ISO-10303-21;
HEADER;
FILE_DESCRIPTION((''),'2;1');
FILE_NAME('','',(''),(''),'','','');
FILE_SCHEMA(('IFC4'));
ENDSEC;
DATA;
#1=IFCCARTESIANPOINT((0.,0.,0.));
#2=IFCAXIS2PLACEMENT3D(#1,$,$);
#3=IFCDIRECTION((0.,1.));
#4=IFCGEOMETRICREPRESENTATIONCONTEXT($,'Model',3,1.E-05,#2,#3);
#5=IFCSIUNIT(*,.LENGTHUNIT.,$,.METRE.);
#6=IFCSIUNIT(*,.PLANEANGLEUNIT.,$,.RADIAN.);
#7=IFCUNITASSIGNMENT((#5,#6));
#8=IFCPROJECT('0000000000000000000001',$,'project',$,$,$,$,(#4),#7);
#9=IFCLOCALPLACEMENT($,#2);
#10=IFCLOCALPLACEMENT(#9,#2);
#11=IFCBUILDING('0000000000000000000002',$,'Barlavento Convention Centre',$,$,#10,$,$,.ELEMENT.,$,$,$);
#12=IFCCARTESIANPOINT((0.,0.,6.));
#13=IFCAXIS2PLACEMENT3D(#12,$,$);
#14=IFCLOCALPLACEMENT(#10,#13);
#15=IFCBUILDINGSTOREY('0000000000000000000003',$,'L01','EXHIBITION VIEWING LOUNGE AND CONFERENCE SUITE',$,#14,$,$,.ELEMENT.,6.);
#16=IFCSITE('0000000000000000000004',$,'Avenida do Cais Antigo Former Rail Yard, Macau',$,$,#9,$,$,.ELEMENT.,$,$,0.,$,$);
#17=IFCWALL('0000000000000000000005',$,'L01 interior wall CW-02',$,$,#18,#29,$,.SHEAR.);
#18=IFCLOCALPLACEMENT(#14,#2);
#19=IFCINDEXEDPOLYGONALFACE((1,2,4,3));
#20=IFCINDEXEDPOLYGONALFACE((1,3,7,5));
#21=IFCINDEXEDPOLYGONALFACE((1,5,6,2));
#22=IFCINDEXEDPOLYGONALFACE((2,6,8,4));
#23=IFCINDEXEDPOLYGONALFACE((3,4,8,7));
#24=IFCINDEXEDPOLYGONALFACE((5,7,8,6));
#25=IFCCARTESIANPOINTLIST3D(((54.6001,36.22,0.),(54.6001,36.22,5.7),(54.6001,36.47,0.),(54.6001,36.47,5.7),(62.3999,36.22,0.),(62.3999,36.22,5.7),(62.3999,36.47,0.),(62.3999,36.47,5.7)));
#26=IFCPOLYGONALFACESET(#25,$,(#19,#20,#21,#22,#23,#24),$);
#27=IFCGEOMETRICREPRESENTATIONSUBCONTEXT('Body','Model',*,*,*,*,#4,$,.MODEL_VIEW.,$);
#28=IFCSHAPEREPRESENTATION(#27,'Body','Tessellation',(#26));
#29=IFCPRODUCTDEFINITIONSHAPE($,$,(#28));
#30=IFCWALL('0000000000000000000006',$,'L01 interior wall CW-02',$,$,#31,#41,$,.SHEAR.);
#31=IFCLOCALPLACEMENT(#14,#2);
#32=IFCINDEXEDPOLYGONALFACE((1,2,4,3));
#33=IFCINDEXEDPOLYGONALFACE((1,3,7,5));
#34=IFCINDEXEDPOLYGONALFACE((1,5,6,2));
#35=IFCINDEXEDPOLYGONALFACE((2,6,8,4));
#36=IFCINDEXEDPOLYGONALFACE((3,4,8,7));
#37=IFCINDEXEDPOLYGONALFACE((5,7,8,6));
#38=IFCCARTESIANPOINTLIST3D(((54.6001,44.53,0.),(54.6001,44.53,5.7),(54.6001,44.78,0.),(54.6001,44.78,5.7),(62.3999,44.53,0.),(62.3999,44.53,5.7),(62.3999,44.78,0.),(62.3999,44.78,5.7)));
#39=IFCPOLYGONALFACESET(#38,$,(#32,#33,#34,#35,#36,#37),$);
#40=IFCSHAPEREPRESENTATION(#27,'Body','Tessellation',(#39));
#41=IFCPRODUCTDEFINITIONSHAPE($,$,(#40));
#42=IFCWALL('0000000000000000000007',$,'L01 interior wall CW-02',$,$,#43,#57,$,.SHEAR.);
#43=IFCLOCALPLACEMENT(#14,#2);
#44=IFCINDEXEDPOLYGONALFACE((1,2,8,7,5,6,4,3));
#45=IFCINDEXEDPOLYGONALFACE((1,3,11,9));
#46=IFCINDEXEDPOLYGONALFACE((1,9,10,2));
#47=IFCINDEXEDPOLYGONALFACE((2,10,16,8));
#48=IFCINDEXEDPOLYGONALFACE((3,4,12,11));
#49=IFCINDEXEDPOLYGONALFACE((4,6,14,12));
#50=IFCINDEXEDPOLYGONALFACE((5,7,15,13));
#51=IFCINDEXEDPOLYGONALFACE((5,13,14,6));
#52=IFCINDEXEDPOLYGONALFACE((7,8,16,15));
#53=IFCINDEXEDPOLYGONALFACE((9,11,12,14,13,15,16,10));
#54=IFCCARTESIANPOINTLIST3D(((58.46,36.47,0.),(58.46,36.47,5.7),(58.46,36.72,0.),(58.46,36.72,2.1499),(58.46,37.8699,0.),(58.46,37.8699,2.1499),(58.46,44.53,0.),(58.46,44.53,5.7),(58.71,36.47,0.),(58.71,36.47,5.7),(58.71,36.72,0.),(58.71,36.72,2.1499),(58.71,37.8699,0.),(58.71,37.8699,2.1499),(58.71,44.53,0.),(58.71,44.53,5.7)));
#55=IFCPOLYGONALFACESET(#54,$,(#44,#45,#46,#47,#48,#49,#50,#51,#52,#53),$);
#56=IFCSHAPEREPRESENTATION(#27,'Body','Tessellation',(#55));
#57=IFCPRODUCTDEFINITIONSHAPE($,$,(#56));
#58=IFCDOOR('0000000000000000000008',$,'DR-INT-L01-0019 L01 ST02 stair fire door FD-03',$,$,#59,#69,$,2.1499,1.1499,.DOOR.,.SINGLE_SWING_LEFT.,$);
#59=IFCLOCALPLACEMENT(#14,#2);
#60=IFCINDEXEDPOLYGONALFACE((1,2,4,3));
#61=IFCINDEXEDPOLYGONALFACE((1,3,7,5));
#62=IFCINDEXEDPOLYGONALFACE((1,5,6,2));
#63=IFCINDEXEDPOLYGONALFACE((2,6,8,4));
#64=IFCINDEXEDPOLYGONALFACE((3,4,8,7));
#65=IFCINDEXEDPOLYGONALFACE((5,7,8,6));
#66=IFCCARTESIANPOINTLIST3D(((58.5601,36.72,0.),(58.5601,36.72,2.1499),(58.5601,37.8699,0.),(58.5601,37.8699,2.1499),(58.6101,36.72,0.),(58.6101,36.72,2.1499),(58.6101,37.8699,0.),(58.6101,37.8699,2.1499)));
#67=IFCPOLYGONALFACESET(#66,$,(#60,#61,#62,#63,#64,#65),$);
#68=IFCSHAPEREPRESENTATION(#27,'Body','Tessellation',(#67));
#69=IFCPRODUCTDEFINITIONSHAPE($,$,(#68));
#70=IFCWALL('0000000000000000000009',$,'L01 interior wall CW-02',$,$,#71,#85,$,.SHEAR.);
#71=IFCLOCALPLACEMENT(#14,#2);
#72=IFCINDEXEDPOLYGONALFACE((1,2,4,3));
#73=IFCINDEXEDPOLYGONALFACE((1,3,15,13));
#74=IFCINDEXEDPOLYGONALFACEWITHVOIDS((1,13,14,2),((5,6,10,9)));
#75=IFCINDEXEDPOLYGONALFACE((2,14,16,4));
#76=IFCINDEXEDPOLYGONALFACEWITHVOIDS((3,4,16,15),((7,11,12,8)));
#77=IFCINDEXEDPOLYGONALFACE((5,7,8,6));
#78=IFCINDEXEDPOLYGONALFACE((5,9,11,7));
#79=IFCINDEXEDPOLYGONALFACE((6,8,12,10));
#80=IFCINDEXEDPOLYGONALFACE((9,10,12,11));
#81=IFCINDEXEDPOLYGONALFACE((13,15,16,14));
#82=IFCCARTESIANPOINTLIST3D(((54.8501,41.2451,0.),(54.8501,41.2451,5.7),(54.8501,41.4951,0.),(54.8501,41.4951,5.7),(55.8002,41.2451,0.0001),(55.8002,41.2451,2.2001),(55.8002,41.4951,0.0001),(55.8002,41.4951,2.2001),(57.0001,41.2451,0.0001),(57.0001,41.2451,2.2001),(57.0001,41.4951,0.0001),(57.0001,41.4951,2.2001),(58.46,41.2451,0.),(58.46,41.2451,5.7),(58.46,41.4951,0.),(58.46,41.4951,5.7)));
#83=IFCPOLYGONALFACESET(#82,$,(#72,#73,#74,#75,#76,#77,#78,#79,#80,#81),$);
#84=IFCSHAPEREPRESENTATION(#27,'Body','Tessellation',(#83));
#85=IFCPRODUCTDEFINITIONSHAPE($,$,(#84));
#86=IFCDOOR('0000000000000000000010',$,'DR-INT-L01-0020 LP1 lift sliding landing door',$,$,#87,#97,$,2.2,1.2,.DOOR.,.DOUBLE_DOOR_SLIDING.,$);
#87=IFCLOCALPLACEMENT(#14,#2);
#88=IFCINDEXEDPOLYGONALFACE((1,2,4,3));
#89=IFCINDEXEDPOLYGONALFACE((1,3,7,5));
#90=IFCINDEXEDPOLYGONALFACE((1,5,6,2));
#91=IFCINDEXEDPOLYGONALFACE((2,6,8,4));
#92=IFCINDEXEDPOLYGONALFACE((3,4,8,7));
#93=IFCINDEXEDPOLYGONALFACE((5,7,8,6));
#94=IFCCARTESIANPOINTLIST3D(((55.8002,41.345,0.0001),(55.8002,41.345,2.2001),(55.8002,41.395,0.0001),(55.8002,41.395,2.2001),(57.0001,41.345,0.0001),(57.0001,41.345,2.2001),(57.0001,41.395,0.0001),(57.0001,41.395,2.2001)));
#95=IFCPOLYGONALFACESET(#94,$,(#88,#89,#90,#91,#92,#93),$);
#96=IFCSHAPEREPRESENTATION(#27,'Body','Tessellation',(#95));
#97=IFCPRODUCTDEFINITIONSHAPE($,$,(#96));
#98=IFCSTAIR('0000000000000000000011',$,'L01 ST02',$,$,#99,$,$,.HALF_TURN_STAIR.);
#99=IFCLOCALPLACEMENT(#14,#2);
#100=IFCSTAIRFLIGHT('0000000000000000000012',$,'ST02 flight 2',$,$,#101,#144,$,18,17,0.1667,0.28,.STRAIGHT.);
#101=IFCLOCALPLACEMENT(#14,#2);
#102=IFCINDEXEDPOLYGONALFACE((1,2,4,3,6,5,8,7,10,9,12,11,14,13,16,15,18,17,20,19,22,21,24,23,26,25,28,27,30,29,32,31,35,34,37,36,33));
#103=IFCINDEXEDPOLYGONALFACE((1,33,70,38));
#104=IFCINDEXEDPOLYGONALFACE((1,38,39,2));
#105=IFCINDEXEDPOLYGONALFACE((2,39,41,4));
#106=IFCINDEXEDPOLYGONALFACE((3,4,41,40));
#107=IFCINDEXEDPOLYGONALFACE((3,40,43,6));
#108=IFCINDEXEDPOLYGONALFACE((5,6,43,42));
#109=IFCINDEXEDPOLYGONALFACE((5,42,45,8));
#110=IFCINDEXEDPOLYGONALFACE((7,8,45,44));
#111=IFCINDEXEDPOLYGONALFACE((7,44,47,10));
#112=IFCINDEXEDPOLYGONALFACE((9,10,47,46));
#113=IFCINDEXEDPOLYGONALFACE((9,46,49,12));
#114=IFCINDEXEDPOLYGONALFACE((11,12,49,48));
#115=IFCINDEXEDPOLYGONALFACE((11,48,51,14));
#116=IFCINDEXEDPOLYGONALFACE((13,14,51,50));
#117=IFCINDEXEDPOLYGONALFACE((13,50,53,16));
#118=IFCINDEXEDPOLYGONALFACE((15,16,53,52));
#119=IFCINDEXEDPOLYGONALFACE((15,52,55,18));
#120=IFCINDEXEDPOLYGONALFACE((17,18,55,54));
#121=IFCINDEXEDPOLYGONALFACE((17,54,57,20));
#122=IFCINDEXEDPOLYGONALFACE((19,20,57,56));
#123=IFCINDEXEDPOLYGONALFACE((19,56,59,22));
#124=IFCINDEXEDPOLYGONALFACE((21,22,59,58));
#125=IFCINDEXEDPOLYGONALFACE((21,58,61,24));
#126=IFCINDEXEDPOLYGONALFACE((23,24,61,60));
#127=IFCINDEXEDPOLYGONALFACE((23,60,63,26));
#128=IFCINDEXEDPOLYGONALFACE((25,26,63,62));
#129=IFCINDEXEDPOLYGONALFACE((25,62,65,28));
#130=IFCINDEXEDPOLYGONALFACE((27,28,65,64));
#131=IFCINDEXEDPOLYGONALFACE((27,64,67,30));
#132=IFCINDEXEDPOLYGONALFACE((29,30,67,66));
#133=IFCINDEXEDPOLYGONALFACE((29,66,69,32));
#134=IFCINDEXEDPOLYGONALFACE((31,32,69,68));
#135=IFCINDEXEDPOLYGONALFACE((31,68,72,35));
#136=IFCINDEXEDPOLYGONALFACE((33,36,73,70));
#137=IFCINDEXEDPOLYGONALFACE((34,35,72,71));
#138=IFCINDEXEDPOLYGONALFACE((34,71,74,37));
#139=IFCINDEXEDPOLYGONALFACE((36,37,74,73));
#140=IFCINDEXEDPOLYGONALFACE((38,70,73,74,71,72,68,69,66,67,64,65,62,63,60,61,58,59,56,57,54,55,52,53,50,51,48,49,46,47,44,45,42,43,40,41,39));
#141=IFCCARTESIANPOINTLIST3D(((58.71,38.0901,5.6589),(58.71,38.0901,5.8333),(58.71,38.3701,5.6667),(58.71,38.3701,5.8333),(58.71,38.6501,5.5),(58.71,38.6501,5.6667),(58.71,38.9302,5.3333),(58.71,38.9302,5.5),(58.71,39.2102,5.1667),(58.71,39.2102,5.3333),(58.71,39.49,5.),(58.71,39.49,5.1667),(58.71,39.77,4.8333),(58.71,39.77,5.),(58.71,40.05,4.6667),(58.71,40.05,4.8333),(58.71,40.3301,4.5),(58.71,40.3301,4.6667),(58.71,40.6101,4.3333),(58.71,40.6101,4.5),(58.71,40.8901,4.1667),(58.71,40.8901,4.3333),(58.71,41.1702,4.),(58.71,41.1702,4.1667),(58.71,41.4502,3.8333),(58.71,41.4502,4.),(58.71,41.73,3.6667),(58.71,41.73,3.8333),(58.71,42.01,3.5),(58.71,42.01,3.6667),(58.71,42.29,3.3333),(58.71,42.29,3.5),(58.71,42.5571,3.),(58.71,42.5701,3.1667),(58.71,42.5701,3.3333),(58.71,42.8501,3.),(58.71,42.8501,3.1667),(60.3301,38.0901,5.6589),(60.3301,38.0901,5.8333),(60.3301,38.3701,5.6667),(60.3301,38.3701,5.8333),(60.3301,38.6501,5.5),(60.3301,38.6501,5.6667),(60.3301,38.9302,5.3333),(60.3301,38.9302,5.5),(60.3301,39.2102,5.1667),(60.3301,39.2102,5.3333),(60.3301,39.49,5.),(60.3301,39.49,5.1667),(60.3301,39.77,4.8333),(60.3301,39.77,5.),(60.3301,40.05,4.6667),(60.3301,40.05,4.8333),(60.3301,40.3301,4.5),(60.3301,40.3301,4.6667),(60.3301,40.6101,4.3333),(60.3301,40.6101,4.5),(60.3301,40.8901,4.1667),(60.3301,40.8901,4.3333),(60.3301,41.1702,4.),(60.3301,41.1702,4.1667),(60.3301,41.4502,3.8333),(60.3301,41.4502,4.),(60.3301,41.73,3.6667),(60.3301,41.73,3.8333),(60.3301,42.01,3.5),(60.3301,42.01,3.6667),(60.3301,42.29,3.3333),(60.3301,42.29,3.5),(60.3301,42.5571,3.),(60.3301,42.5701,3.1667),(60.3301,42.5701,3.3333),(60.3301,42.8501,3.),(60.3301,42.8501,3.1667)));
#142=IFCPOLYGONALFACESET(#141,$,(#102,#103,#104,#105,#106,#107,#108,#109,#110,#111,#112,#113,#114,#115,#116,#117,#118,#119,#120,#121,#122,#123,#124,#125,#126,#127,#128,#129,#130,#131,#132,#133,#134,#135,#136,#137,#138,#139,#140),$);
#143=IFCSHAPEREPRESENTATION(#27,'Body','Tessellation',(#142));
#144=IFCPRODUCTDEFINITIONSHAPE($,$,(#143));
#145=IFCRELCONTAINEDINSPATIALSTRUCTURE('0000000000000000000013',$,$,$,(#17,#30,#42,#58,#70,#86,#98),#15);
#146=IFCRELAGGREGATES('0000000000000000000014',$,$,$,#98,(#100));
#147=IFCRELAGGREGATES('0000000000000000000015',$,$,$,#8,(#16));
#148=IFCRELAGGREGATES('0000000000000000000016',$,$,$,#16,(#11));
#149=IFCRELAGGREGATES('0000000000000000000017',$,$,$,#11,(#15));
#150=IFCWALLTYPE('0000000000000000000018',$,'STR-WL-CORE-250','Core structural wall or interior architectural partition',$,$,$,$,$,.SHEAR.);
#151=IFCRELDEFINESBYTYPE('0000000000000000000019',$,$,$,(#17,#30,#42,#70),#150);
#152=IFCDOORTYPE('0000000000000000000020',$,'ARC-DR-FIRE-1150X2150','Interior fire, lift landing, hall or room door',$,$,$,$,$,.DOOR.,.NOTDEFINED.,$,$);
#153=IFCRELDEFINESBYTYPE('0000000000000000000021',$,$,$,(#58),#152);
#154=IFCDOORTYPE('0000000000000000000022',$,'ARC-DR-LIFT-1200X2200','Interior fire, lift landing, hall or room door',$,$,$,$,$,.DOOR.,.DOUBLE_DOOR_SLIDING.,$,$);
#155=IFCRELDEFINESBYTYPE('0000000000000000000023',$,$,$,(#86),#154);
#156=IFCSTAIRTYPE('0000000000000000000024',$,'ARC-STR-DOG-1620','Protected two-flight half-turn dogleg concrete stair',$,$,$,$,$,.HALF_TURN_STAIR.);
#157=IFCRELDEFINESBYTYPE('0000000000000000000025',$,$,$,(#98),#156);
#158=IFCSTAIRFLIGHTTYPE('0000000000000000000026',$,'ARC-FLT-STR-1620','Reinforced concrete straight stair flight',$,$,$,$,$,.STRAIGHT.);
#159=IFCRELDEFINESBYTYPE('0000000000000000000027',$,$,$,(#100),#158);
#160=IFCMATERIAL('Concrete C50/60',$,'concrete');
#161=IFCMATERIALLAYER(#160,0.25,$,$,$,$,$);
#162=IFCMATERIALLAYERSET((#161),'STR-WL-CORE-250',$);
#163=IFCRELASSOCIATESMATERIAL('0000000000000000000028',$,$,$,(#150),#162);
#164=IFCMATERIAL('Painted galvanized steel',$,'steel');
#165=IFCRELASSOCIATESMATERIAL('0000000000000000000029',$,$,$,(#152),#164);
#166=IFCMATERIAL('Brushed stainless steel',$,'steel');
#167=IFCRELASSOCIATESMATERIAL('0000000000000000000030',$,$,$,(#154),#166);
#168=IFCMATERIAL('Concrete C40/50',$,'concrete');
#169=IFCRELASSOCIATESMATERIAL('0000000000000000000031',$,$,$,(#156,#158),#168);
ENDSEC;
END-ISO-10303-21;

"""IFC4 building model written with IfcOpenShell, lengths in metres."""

from ifc_helpers import new_model, si_unit, direction, frame, frame_2d, origin, place, context, subcontext, project, spatial, polyline, rectangle, outline, extrude, material, layer, layer_set, type_object, element, fill, aggregate, save


model = new_model("IFC4")

# Units and contexts
model_context = context("Model", 3, precision=1e-05, world=origin(), true_north=direction((0.0, 1.0)))
body_context = subcontext(model_context, "Body", "Model", "MODEL_VIEW")
ifc_project = project(units=[si_unit("LENGTHUNIT", "METRE"), si_unit("PLANEANGLEUNIT", "RADIAN")], contexts=[model_context])

# Site, building, storey
site_placement = place(None, origin())
site = spatial("IfcSite", under=ifc_project, at=site_placement, Name="Avenida do Cais Antigo Former Rail Yard, Macau", CompositionType="ELEMENT", RefElevation=0.0)
building_placement = place(site_placement, origin())
building = spatial("IfcBuilding", under=site, at=building_placement, Name="Barlavento Convention Centre", CompositionType="ELEMENT")
storey_placement = place(building_placement, frame((0.0, 0.0, 6.0)))
storey = spatial("IfcBuildingStorey", under=building, at=storey_placement, Name="L01", Description="EXHIBITION VIEWING LOUNGE AND CONFERENCE SUITE", CompositionType="ELEMENT", Elevation=6.0)

# Shared definitions
ifc_material_1 = material(Name="Concrete C40/50", Category="concrete")

# Shared definitions
ifc_material_2 = material(Name="Concrete C50/60", Category="concrete")
ifc_layer = layer(ifc_material_2, 0.25)
ifc_layer_set = layer_set([ifc_layer], Name="STR-WL-CORE-250")
wall_type = type_object("IfcWallType", Name="STR-WL-CORE-250", Description="Core structural wall or interior architectural partition", PredefinedType="SHEAR", material=ifc_layer_set)
ifc_material_3 = material(Name="Painted galvanized steel", Category="steel")

# Walls
for number, where, z_axis, x_axis, name in (
    (1, (54.6001, 36.345, 0.0), (0.0, 0.0, 1.0), (1.0, 0.0, 0.0), "L01 interior wall CW-02"),
    (2, (54.6001, 44.655, 0.0), (0.0, 0.0, 1.0), (1.0, 0.0, 0.0), "L01 interior wall CW-02"),
):
    element("IfcWall", number, at=place(storey_placement, frame(where, z_axis=z_axis, x_axis=x_axis)), inside=storey, type_object=wall_type, Name=name, PredefinedType="SHEAR", context=body_context, shape_type="SweptSolid", body=[
        extrude(rectangle(XDim=7.7998, YDim=0.25, at=frame_2d((3.8999, 0.0))), origin(), (0.0, 0.0, 1.0), 5.7),
    ])

# Walls, openings, doors
wall_1_placement = place(storey_placement, frame((58.585, 36.47, 0.0), z_axis=(0.0, 0.0, 1.0), x_axis=(0.0, 1.0, 0.0)))
wall_1 = element("IfcWall", 3, at=wall_1_placement, inside=storey, type_object=wall_type, Name="L01 interior wall CW-02", PredefinedType="SHEAR", context=body_context, shape_type="SweptSolid", body=[
    extrude(rectangle(XDim=8.0601, YDim=0.25, at=frame_2d((4.03, 0.0))), origin(), (0.0, 0.0, 1.0), 5.7),
])
opening_1_placement = place(wall_1_placement, frame((0.25, 0.0, 0.0)))
opening_1 = element("IfcOpeningElement", 4, at=opening_1_placement, cuts=wall_1, PredefinedType="OPENING", context=body_context, shape_type="SweptSolid", body=[
    extrude(rectangle(XDim=1.1499, YDim=2.1499, at=frame_2d((0.575, 1.075))), frame((0.0, 0.135, 0.0), z_axis=(0.0, -1.0, 0.0), x_axis=(1.0, 0.0, 0.0)), (0.0, 0.0, 1.0), 0.27),
])
door_type_1 = type_object("IfcDoorType", Name="ARC-DR-FIRE-1150X2150", Description="Interior fire, lift landing, hall or room door", OperationType="NOTDEFINED", PredefinedType="DOOR", material=ifc_material_3)
door_1_placement = place(opening_1_placement, origin())
door_1 = element("IfcDoor", 5, at=door_1_placement, inside=storey, type_object=door_type_1, Name="DR-INT-L01-0019 L01 ST02 stair fire door FD-03", OperationType="SINGLE_SWING_LEFT", OverallHeight=2.1499, OverallWidth=1.1499, PredefinedType="DOOR", context=body_context, shape_type="SweptSolid", body=[
    extrude(rectangle(XDim=1.1499, YDim=2.1499, at=frame_2d((0.575, 1.075))), frame((0.0, 0.0249, 0.0), z_axis=(0.0, -1.0, 0.0), x_axis=(1.0, 0.0, 0.0)), (0.0, 0.0, 1.0), 0.05),
])
fill(opening_1, door_1)
wall_2_placement = place(storey_placement, frame((54.8501, 41.3701, 0.0), z_axis=(0.0, 0.0, 1.0), x_axis=(1.0, 0.0, 0.0)))
wall_2 = element("IfcWall", 6, at=wall_2_placement, inside=storey, type_object=wall_type, Name="L01 interior wall CW-02", PredefinedType="SHEAR", context=body_context, shape_type="SweptSolid", body=[
    extrude(rectangle(XDim=3.6099, YDim=0.25, at=frame_2d((1.8049, 0.0))), origin(), (0.0, 0.0, 1.0), 5.7),
])
opening_2_placement = place(wall_2_placement, frame((0.95, 0.0, 0.0)))
opening_2 = element("IfcOpeningElement", 7, at=opening_2_placement, cuts=wall_2, PredefinedType="OPENING", context=body_context, shape_type="SweptSolid", body=[
    extrude(rectangle(XDim=1.2, YDim=2.2, at=frame_2d((0.6001, 1.1001))), frame((0.0, 0.135, 0.0), z_axis=(0.0, -1.0, 0.0), x_axis=(1.0, 0.0, 0.0)), (0.0, 0.0, 1.0), 0.27),
])
ifc_material_4 = material(Name="Brushed stainless steel", Category="steel")
door_type_2 = type_object("IfcDoorType", Name="ARC-DR-LIFT-1200X2200", Description="Interior fire, lift landing, hall or room door", OperationType="DOUBLE_DOOR_SLIDING", PredefinedType="DOOR", material=ifc_material_4)
door_2_placement = place(opening_2_placement, origin())
door_2 = element("IfcDoor", 8, at=door_2_placement, inside=storey, type_object=door_type_2, Name="DR-INT-L01-0020 LP1 lift sliding landing door", OperationType="DOUBLE_DOOR_SLIDING", OverallHeight=2.2, OverallWidth=1.2, PredefinedType="DOOR", context=body_context, shape_type="SweptSolid", body=[
    extrude(rectangle(XDim=1.2, YDim=2.2, at=frame_2d((0.6001, 1.1001))), frame((0.0, 0.0249, 0.0), z_axis=(0.0, -1.0, 0.0), x_axis=(1.0, 0.0, 0.0)), (0.0, 0.0, 1.0), 0.05),
])
fill(opening_2, door_2)

# Stair, stair flight
stair_type = type_object("IfcStairType", Name="ARC-STR-DOG-1620", Description="Protected two-flight half-turn dogleg concrete stair", PredefinedType="HALF_TURN_STAIR", material=ifc_material_1)
stair_placement = place(storey_placement, origin())
stair = element("IfcStair", 9, at=stair_placement, inside=storey, type_object=stair_type, Name="L01 ST02", PredefinedType="HALF_TURN_STAIR")
stair_flight_type = type_object("IfcStairFlightType", Name="ARC-FLT-STR-1620", Description="Reinforced concrete straight stair flight", PredefinedType="STRAIGHT", material=ifc_material_1)
stair_flight_placement = place(storey_placement, frame((59.52, 42.8501, 3.0), z_axis=(0.0, 0.0, 1.0), x_axis=(0.0, -1.0, 0.0)))
stair_flight = element("IfcStairFlight", 10, at=stair_flight_placement, type_object=stair_flight_type, Name="ST02 flight 2", NumberOfRisers=18, NumberOfTreads=17, PredefinedType="STRAIGHT", RiserHeight=0.1667, TreadLength=0.28, context=body_context, shape_type="SweptSolid", body=[
    extrude(outline(polyline([(0.0, 0.0), (0.0, 0.1667), (0.28, 0.1667), (0.28, 0.3333), (0.5601, 0.3333), (0.5601, 0.5), (0.8401, 0.5), (0.8401, 0.6667), (1.1201, 0.6667), (1.1201, 0.8333), (1.3999, 0.8333), (1.3999, 1.0), (1.6799, 1.0), (1.6799, 1.1667), (1.96, 1.1667), (1.96, 1.3333), (2.24, 1.3333), (2.24, 1.5), (2.52, 1.5), (2.52, 1.6667), (2.8, 1.6667), (2.8, 1.8333), (3.0801, 1.8333), (3.0801, 2.0), (3.3601, 2.0), (3.3601, 2.1667), (3.6399, 2.1667), (3.6399, 2.3333), (3.9199, 2.3333), (3.9199, 2.5), (4.2, 2.5), (4.2, 2.6667), (4.48, 2.6667), (4.48, 2.8333), (4.76, 2.8333), (4.76, 3.0), (4.76, 2.6589), (0.293, 0.0), (0.0, 0.0)])), frame((0.0, 0.8101, 0.0), z_axis=(0.0, -1.0, 0.0), x_axis=(1.0, 0.0, 0.0)), (0.0, 0.0, 1.0), 1.6201),
])
aggregate(stair, [stair_flight])

save(model, "model.ifc")
